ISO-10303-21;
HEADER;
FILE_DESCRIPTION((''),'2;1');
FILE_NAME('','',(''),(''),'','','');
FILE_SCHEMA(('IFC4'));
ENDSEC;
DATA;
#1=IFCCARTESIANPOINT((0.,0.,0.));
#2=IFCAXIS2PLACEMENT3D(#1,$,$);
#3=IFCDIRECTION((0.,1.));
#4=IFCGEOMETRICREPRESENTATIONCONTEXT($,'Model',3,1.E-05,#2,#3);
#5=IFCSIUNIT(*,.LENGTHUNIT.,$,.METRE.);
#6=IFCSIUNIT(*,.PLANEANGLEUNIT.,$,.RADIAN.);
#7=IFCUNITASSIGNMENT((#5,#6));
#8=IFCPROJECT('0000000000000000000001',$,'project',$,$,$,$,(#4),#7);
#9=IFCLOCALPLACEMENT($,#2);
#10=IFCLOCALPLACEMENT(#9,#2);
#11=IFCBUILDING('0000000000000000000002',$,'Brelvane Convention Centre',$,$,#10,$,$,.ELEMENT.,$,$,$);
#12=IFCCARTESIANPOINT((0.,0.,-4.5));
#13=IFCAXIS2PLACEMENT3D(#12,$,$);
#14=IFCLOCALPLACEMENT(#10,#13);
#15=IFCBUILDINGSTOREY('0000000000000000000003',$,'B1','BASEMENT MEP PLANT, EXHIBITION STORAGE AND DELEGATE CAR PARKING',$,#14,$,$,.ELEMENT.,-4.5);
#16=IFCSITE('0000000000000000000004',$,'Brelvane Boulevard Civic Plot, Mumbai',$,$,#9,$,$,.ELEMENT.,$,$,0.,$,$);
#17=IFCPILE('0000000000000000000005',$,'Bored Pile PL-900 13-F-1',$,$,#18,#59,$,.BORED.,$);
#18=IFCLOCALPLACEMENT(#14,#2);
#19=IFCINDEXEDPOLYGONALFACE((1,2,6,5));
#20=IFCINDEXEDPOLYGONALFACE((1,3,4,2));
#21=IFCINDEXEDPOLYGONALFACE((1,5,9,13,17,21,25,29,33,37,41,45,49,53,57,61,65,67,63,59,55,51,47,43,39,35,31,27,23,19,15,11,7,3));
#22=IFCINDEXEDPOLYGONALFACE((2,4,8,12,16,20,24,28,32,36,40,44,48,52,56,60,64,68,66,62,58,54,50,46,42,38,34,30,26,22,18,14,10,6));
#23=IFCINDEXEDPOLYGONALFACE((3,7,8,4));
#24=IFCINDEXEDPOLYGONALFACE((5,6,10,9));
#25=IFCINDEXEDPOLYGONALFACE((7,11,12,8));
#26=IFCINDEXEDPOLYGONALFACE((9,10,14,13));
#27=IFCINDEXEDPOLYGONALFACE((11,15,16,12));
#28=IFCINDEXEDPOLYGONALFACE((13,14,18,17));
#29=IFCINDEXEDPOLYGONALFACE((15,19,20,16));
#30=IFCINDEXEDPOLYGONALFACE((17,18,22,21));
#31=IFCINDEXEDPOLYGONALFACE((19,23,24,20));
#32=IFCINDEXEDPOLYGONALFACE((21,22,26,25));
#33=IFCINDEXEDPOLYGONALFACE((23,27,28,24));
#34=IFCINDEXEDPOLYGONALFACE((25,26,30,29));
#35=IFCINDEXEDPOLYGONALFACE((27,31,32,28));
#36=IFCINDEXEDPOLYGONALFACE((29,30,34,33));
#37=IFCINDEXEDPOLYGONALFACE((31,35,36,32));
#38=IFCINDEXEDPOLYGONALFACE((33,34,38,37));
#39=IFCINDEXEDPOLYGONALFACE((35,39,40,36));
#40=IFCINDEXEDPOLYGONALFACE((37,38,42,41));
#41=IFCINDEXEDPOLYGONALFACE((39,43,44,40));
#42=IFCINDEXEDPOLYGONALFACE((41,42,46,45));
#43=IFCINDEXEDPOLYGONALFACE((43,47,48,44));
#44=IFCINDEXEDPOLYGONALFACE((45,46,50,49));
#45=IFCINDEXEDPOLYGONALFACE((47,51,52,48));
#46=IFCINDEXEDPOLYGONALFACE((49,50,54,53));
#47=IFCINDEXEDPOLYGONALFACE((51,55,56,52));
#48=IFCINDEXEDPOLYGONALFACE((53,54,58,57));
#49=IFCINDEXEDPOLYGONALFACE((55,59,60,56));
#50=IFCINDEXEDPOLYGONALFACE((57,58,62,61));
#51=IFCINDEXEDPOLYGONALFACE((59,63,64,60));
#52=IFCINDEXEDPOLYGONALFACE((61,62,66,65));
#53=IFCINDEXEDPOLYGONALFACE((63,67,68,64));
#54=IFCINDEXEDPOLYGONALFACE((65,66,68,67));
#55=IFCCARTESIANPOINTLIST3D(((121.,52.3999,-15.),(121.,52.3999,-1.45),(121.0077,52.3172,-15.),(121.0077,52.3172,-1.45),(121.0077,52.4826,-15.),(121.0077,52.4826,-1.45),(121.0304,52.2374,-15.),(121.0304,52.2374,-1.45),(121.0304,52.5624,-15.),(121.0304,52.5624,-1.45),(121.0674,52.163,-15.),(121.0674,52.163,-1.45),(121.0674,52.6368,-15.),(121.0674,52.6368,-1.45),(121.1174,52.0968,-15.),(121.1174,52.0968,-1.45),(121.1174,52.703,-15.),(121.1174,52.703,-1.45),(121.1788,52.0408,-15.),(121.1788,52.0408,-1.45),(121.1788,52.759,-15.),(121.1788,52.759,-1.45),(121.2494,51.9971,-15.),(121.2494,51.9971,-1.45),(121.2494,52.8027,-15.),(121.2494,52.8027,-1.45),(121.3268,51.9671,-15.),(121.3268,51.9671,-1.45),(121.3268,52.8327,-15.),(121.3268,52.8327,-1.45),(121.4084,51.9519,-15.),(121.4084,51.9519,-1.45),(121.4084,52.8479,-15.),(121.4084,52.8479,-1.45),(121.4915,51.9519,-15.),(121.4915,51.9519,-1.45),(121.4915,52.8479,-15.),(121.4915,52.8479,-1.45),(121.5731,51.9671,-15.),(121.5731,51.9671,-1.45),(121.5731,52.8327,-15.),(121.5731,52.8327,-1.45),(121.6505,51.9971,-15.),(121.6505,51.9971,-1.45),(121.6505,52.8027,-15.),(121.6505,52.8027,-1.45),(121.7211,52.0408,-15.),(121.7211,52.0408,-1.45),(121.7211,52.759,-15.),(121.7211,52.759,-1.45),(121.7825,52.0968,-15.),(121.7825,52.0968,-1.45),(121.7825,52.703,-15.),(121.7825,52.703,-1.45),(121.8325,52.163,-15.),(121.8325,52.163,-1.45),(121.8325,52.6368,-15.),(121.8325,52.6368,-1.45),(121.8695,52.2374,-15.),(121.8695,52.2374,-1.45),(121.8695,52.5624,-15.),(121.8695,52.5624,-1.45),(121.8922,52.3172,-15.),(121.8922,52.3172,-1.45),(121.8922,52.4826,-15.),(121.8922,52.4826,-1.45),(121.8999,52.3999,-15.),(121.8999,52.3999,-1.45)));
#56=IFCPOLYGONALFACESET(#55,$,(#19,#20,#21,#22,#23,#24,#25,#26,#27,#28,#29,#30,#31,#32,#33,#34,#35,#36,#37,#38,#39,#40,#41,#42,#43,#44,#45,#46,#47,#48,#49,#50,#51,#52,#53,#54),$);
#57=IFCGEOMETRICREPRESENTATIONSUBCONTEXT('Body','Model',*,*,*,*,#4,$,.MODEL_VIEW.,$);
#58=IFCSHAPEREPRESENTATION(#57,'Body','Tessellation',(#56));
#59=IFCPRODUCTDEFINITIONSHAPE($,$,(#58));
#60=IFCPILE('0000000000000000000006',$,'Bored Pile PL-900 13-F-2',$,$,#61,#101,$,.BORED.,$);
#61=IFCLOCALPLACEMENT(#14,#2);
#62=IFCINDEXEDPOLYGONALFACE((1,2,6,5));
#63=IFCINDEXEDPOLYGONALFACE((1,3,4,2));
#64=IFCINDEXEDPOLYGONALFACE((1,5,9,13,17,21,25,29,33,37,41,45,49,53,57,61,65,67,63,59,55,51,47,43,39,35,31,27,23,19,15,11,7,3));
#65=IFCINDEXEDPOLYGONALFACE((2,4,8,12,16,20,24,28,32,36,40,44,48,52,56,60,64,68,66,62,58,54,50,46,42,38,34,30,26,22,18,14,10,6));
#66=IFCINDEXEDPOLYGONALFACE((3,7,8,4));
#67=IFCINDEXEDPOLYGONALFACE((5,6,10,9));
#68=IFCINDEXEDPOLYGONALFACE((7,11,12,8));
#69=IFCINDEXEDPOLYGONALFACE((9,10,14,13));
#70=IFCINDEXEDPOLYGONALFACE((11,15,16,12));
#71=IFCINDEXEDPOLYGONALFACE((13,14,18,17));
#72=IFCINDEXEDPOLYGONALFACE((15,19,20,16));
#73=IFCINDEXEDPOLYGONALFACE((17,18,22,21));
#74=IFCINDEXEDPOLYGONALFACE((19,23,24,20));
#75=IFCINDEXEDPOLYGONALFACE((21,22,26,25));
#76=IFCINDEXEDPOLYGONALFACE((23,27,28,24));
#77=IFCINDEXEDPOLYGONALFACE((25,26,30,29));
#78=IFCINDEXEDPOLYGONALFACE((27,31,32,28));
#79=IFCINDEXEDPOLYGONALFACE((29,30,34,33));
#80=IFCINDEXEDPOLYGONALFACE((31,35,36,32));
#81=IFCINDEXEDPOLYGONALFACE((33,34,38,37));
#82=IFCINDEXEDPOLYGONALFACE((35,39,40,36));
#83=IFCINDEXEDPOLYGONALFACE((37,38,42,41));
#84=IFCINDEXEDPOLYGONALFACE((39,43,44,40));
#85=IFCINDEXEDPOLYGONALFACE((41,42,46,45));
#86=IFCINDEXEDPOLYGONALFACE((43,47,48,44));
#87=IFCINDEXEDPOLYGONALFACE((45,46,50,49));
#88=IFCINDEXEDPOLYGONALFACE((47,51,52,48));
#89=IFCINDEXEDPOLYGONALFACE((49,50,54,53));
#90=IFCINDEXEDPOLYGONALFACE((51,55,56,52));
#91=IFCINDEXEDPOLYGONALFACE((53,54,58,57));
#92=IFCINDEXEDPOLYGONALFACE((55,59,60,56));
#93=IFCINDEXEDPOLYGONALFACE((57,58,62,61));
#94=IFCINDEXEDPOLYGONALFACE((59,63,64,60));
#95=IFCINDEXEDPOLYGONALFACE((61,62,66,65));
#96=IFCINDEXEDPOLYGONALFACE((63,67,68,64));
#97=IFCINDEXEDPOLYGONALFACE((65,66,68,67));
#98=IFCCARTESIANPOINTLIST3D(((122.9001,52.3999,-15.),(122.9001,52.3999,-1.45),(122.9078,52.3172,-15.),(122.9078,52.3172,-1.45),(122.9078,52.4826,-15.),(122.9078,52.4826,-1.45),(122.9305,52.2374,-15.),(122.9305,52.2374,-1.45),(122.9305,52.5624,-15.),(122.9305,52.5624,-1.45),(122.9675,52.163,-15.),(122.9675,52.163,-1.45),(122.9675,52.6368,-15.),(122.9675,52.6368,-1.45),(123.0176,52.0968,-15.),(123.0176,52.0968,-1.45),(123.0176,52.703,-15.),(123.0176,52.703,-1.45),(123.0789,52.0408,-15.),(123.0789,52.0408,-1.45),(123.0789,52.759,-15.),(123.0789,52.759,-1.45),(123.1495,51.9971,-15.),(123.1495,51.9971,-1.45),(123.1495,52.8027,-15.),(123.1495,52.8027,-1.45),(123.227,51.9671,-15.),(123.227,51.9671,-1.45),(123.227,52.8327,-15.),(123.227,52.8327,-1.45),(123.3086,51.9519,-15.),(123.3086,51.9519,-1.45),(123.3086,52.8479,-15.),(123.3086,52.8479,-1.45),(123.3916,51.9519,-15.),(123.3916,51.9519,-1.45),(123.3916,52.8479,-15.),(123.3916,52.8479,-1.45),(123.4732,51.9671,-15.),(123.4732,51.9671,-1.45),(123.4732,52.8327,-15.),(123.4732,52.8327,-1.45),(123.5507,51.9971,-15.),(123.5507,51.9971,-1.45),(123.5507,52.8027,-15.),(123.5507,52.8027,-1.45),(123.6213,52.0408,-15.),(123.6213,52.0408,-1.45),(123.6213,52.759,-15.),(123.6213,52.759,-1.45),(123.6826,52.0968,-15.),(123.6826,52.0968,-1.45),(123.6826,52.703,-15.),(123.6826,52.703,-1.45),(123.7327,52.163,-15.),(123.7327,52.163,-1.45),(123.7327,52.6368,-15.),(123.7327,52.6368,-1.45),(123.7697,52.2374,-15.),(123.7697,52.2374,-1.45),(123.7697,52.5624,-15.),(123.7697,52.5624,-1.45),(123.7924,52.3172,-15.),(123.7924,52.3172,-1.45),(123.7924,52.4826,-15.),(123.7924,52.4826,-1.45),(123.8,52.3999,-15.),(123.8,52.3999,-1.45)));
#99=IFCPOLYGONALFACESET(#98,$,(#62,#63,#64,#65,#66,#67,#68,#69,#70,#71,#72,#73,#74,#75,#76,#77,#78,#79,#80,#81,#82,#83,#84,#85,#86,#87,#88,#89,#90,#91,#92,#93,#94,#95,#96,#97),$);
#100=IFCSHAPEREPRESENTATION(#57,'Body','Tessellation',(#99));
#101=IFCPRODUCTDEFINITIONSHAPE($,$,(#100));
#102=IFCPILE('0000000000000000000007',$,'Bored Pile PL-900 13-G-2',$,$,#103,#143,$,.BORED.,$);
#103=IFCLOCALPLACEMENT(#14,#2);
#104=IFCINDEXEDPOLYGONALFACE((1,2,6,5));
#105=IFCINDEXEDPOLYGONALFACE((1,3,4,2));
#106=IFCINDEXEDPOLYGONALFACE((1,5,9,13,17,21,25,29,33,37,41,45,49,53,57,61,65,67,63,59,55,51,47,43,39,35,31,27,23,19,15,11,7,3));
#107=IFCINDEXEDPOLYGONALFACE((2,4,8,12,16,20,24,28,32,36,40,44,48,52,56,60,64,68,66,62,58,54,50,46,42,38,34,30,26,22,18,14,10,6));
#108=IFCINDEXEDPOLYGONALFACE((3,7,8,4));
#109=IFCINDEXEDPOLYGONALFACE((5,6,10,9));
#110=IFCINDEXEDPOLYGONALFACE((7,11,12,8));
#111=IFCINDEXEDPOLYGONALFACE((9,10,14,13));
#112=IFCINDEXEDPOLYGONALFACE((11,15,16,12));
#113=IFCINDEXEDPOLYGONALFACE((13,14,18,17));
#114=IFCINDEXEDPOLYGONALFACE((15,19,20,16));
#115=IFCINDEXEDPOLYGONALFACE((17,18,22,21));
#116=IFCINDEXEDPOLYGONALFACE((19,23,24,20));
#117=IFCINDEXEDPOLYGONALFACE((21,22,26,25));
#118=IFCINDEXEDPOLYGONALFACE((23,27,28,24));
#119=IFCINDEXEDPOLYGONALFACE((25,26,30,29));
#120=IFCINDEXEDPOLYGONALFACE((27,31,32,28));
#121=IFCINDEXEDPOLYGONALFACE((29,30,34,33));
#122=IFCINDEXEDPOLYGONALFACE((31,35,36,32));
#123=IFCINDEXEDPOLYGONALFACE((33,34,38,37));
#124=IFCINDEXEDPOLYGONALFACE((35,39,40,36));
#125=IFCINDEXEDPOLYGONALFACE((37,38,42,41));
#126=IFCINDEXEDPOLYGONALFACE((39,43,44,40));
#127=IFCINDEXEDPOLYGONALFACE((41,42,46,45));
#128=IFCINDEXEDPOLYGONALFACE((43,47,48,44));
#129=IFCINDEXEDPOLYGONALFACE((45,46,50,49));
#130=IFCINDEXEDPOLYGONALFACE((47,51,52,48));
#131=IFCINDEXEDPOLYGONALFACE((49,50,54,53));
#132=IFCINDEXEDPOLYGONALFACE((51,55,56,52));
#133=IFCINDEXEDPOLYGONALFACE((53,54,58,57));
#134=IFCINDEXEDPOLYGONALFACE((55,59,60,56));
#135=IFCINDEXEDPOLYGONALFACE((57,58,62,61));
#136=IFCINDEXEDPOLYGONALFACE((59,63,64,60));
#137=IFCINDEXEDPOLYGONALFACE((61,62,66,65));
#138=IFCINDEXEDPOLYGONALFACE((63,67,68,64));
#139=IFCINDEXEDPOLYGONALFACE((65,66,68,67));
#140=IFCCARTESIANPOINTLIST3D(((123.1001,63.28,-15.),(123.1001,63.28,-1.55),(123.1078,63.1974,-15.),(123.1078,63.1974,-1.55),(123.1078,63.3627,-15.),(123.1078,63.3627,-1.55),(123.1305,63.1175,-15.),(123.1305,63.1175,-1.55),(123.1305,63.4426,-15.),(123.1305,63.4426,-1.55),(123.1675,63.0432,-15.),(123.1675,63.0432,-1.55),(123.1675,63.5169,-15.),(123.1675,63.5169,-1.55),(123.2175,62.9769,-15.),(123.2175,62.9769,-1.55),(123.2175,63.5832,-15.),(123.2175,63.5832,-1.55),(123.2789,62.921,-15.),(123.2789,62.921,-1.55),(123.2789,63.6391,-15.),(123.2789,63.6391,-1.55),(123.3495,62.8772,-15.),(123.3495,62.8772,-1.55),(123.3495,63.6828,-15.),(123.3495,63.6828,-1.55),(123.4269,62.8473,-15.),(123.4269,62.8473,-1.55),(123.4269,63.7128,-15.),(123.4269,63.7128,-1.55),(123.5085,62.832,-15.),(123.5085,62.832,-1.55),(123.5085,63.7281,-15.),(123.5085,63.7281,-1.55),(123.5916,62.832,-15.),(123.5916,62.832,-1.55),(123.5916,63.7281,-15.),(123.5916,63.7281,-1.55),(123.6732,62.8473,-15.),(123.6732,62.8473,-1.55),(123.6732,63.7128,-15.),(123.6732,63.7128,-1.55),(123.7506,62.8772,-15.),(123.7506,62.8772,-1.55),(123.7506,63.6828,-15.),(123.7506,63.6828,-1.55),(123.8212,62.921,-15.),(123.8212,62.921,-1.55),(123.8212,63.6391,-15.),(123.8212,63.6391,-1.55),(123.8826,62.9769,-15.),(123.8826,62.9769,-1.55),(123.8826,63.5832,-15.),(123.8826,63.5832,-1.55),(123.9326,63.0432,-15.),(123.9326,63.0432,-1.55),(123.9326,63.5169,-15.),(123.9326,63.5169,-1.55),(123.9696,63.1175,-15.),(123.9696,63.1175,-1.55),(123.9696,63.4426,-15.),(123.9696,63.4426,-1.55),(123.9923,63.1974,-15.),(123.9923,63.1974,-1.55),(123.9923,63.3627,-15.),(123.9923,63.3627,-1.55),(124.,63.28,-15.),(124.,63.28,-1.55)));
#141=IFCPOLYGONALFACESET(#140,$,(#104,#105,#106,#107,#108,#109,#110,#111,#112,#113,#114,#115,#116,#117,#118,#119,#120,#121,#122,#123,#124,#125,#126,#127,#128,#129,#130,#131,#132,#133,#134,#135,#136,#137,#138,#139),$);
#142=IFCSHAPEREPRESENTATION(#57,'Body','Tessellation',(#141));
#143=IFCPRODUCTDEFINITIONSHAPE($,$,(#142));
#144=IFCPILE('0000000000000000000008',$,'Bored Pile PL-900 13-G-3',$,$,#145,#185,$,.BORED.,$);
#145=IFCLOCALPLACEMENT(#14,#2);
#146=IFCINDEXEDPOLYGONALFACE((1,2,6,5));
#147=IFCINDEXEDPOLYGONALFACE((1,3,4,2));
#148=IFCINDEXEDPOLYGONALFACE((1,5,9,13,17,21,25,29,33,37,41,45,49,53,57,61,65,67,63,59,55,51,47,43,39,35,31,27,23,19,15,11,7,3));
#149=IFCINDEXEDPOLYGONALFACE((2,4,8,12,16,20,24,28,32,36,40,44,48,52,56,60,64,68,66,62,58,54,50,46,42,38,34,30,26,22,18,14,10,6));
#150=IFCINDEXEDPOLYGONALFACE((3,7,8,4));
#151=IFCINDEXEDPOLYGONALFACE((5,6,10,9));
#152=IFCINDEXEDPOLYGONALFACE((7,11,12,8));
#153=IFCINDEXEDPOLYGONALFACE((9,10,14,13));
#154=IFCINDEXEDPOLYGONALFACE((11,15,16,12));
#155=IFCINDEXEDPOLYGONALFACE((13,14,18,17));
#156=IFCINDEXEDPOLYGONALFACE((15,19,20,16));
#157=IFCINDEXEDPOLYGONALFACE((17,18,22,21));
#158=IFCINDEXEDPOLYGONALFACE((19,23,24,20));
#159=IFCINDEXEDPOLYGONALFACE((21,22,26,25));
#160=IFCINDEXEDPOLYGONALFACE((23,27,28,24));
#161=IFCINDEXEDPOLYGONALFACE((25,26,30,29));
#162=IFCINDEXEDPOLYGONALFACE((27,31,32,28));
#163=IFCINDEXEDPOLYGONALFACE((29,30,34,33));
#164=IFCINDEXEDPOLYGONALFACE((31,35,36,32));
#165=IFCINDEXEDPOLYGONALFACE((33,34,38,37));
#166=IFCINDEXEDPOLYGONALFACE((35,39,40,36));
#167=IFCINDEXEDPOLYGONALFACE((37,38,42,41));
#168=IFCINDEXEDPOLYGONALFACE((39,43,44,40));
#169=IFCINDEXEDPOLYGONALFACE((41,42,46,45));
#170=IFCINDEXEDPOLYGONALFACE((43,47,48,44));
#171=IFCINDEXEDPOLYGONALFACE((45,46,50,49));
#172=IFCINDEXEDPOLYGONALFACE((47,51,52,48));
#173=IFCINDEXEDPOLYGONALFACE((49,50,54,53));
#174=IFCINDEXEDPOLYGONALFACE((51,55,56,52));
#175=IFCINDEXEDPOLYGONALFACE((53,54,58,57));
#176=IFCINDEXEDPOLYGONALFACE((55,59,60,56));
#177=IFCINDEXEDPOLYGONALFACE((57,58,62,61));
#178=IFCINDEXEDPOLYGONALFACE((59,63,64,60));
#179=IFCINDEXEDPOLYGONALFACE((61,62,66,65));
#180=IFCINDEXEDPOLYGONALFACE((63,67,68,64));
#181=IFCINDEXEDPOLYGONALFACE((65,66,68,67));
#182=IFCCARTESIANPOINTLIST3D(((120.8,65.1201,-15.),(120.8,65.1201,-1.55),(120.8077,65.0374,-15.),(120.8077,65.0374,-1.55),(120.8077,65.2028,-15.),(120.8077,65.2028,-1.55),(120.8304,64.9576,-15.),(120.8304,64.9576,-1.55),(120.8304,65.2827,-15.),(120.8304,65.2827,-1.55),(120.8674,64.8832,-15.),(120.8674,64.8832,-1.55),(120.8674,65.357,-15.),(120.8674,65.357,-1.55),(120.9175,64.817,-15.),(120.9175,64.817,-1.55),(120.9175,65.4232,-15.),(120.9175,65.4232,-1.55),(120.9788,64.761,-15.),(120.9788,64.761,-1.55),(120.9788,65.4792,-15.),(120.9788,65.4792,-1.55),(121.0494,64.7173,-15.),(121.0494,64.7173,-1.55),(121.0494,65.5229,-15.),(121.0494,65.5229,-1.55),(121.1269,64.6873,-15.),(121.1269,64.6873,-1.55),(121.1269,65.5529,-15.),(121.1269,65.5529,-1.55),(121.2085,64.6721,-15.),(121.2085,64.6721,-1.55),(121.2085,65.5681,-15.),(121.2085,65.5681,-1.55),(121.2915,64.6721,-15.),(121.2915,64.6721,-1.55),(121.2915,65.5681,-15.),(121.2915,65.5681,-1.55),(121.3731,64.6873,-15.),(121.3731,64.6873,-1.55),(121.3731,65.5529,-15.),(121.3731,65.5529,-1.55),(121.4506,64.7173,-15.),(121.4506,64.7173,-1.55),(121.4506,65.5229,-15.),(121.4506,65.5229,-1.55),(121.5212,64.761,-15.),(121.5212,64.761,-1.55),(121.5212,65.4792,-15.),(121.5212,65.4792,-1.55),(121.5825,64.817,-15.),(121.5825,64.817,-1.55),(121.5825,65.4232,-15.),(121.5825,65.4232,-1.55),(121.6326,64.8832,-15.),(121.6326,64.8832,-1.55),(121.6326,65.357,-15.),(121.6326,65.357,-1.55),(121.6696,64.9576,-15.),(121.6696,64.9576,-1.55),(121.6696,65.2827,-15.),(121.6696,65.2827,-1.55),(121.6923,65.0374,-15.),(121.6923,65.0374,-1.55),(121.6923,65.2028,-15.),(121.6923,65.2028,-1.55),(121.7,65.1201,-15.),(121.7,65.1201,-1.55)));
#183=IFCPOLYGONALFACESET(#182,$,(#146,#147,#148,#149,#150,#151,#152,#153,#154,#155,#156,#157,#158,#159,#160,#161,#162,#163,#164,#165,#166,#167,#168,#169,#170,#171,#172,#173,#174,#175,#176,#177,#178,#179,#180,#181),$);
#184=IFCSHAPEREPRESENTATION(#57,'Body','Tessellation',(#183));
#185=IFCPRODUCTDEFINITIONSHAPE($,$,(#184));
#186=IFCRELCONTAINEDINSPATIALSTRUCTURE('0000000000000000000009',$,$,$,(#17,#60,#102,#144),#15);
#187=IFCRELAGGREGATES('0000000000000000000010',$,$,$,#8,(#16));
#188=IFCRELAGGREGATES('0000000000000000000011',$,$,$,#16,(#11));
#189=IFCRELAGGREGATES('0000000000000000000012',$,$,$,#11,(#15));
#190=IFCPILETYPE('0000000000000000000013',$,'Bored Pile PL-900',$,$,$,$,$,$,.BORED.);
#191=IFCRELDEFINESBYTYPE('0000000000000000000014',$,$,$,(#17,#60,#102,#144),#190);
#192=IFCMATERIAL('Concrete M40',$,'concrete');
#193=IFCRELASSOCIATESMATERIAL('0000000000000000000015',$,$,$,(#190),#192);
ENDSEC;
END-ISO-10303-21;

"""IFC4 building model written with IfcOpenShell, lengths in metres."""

from ifc_helpers import new_model, si_unit, direction, frame, origin, origin_2d, place, context, subcontext, project, spatial, circle, extrude, material, material_profile, profile_set, type_object, element, save


model = new_model("IFC4")

# Units and contexts
model_context = context("Model", 3, precision=1e-05, world=origin(), true_north=direction((0.0, 1.0)))
body_context = subcontext(model_context, "Body", "Model", "MODEL_VIEW")
ifc_project = project(units=[si_unit("LENGTHUNIT", "METRE"), si_unit("PLANEANGLEUNIT", "RADIAN")], contexts=[model_context])

# Site, building, storey
site_placement = place(None, origin())
site = spatial("IfcSite", under=ifc_project, at=site_placement, Name="Brelvane Boulevard Civic Plot, Mumbai", CompositionType="ELEMENT", RefElevation=0.0)
building_placement = place(site_placement, origin())
building = spatial("IfcBuilding", under=site, at=building_placement, Name="Brelvane Convention Centre", CompositionType="ELEMENT")
storey_placement = place(building_placement, frame((0.0, 0.0, -4.5)))
storey = spatial("IfcBuildingStorey", under=building, at=storey_placement, Name="B1", Description="BASEMENT MEP PLANT, EXHIBITION STORAGE AND DELEGATE CAR PARKING", CompositionType="ELEMENT", Elevation=-4.5)

# Piles
ifc_material_1 = material(Name="Concrete M40", Category="concrete")
ifc_material_profile_1 = material_profile(ifc_material_1, circle(Radius=0.45, at=origin_2d()), Name="PILE D900")
ifc_profile_set_1 = profile_set([ifc_material_profile_1], Name="Concrete M40")
pile_type = type_object("IfcPileType", Name="Bored Pile PL-900", PredefinedType="BORED", material=ifc_profile_set_1)
for number, where, z_axis, x_axis, name in (
    (1, (121.45, 52.3999, -1.45), (0.0, 0.0, -1.0), (1.0, 0.0, 0.0), "Bored Pile PL-900 13-F-1"),
    (2, (123.3501, 52.3999, -1.45), (0.0, 0.0, -1.0), (1.0, 0.0, 0.0), "Bored Pile PL-900 13-F-2"),
):
    element("IfcPile", number, at=place(storey_placement, frame(where, z_axis=z_axis, x_axis=x_axis)), inside=storey, type_object=pile_type, Name=name, PredefinedType="BORED", context=body_context, shape_type="SweptSolid", body=[
        extrude(circle(Radius=0.45, at=origin_2d()), origin(), (0.0, 0.0, 1.0), 13.55),
    ])
for number, where, z_axis, x_axis, name in (
    (3, (123.55, 63.28, -1.55), (0.0, 0.0, -1.0), (1.0, 0.0, 0.0), "Bored Pile PL-900 13-G-2"),
    (4, (121.25, 65.1201, -1.55), (0.0, 0.0, -1.0), (1.0, 0.0, 0.0), "Bored Pile PL-900 13-G-3"),
):
    element("IfcPile", number, at=place(storey_placement, frame(where, z_axis=z_axis, x_axis=x_axis)), inside=storey, type_object=pile_type, Name=name, PredefinedType="BORED", context=body_context, shape_type="SweptSolid", body=[
        extrude(circle(Radius=0.45, at=origin_2d()), origin(), (0.0, 0.0, 1.0), 13.45),
    ])

save(model, "model.ifc")
